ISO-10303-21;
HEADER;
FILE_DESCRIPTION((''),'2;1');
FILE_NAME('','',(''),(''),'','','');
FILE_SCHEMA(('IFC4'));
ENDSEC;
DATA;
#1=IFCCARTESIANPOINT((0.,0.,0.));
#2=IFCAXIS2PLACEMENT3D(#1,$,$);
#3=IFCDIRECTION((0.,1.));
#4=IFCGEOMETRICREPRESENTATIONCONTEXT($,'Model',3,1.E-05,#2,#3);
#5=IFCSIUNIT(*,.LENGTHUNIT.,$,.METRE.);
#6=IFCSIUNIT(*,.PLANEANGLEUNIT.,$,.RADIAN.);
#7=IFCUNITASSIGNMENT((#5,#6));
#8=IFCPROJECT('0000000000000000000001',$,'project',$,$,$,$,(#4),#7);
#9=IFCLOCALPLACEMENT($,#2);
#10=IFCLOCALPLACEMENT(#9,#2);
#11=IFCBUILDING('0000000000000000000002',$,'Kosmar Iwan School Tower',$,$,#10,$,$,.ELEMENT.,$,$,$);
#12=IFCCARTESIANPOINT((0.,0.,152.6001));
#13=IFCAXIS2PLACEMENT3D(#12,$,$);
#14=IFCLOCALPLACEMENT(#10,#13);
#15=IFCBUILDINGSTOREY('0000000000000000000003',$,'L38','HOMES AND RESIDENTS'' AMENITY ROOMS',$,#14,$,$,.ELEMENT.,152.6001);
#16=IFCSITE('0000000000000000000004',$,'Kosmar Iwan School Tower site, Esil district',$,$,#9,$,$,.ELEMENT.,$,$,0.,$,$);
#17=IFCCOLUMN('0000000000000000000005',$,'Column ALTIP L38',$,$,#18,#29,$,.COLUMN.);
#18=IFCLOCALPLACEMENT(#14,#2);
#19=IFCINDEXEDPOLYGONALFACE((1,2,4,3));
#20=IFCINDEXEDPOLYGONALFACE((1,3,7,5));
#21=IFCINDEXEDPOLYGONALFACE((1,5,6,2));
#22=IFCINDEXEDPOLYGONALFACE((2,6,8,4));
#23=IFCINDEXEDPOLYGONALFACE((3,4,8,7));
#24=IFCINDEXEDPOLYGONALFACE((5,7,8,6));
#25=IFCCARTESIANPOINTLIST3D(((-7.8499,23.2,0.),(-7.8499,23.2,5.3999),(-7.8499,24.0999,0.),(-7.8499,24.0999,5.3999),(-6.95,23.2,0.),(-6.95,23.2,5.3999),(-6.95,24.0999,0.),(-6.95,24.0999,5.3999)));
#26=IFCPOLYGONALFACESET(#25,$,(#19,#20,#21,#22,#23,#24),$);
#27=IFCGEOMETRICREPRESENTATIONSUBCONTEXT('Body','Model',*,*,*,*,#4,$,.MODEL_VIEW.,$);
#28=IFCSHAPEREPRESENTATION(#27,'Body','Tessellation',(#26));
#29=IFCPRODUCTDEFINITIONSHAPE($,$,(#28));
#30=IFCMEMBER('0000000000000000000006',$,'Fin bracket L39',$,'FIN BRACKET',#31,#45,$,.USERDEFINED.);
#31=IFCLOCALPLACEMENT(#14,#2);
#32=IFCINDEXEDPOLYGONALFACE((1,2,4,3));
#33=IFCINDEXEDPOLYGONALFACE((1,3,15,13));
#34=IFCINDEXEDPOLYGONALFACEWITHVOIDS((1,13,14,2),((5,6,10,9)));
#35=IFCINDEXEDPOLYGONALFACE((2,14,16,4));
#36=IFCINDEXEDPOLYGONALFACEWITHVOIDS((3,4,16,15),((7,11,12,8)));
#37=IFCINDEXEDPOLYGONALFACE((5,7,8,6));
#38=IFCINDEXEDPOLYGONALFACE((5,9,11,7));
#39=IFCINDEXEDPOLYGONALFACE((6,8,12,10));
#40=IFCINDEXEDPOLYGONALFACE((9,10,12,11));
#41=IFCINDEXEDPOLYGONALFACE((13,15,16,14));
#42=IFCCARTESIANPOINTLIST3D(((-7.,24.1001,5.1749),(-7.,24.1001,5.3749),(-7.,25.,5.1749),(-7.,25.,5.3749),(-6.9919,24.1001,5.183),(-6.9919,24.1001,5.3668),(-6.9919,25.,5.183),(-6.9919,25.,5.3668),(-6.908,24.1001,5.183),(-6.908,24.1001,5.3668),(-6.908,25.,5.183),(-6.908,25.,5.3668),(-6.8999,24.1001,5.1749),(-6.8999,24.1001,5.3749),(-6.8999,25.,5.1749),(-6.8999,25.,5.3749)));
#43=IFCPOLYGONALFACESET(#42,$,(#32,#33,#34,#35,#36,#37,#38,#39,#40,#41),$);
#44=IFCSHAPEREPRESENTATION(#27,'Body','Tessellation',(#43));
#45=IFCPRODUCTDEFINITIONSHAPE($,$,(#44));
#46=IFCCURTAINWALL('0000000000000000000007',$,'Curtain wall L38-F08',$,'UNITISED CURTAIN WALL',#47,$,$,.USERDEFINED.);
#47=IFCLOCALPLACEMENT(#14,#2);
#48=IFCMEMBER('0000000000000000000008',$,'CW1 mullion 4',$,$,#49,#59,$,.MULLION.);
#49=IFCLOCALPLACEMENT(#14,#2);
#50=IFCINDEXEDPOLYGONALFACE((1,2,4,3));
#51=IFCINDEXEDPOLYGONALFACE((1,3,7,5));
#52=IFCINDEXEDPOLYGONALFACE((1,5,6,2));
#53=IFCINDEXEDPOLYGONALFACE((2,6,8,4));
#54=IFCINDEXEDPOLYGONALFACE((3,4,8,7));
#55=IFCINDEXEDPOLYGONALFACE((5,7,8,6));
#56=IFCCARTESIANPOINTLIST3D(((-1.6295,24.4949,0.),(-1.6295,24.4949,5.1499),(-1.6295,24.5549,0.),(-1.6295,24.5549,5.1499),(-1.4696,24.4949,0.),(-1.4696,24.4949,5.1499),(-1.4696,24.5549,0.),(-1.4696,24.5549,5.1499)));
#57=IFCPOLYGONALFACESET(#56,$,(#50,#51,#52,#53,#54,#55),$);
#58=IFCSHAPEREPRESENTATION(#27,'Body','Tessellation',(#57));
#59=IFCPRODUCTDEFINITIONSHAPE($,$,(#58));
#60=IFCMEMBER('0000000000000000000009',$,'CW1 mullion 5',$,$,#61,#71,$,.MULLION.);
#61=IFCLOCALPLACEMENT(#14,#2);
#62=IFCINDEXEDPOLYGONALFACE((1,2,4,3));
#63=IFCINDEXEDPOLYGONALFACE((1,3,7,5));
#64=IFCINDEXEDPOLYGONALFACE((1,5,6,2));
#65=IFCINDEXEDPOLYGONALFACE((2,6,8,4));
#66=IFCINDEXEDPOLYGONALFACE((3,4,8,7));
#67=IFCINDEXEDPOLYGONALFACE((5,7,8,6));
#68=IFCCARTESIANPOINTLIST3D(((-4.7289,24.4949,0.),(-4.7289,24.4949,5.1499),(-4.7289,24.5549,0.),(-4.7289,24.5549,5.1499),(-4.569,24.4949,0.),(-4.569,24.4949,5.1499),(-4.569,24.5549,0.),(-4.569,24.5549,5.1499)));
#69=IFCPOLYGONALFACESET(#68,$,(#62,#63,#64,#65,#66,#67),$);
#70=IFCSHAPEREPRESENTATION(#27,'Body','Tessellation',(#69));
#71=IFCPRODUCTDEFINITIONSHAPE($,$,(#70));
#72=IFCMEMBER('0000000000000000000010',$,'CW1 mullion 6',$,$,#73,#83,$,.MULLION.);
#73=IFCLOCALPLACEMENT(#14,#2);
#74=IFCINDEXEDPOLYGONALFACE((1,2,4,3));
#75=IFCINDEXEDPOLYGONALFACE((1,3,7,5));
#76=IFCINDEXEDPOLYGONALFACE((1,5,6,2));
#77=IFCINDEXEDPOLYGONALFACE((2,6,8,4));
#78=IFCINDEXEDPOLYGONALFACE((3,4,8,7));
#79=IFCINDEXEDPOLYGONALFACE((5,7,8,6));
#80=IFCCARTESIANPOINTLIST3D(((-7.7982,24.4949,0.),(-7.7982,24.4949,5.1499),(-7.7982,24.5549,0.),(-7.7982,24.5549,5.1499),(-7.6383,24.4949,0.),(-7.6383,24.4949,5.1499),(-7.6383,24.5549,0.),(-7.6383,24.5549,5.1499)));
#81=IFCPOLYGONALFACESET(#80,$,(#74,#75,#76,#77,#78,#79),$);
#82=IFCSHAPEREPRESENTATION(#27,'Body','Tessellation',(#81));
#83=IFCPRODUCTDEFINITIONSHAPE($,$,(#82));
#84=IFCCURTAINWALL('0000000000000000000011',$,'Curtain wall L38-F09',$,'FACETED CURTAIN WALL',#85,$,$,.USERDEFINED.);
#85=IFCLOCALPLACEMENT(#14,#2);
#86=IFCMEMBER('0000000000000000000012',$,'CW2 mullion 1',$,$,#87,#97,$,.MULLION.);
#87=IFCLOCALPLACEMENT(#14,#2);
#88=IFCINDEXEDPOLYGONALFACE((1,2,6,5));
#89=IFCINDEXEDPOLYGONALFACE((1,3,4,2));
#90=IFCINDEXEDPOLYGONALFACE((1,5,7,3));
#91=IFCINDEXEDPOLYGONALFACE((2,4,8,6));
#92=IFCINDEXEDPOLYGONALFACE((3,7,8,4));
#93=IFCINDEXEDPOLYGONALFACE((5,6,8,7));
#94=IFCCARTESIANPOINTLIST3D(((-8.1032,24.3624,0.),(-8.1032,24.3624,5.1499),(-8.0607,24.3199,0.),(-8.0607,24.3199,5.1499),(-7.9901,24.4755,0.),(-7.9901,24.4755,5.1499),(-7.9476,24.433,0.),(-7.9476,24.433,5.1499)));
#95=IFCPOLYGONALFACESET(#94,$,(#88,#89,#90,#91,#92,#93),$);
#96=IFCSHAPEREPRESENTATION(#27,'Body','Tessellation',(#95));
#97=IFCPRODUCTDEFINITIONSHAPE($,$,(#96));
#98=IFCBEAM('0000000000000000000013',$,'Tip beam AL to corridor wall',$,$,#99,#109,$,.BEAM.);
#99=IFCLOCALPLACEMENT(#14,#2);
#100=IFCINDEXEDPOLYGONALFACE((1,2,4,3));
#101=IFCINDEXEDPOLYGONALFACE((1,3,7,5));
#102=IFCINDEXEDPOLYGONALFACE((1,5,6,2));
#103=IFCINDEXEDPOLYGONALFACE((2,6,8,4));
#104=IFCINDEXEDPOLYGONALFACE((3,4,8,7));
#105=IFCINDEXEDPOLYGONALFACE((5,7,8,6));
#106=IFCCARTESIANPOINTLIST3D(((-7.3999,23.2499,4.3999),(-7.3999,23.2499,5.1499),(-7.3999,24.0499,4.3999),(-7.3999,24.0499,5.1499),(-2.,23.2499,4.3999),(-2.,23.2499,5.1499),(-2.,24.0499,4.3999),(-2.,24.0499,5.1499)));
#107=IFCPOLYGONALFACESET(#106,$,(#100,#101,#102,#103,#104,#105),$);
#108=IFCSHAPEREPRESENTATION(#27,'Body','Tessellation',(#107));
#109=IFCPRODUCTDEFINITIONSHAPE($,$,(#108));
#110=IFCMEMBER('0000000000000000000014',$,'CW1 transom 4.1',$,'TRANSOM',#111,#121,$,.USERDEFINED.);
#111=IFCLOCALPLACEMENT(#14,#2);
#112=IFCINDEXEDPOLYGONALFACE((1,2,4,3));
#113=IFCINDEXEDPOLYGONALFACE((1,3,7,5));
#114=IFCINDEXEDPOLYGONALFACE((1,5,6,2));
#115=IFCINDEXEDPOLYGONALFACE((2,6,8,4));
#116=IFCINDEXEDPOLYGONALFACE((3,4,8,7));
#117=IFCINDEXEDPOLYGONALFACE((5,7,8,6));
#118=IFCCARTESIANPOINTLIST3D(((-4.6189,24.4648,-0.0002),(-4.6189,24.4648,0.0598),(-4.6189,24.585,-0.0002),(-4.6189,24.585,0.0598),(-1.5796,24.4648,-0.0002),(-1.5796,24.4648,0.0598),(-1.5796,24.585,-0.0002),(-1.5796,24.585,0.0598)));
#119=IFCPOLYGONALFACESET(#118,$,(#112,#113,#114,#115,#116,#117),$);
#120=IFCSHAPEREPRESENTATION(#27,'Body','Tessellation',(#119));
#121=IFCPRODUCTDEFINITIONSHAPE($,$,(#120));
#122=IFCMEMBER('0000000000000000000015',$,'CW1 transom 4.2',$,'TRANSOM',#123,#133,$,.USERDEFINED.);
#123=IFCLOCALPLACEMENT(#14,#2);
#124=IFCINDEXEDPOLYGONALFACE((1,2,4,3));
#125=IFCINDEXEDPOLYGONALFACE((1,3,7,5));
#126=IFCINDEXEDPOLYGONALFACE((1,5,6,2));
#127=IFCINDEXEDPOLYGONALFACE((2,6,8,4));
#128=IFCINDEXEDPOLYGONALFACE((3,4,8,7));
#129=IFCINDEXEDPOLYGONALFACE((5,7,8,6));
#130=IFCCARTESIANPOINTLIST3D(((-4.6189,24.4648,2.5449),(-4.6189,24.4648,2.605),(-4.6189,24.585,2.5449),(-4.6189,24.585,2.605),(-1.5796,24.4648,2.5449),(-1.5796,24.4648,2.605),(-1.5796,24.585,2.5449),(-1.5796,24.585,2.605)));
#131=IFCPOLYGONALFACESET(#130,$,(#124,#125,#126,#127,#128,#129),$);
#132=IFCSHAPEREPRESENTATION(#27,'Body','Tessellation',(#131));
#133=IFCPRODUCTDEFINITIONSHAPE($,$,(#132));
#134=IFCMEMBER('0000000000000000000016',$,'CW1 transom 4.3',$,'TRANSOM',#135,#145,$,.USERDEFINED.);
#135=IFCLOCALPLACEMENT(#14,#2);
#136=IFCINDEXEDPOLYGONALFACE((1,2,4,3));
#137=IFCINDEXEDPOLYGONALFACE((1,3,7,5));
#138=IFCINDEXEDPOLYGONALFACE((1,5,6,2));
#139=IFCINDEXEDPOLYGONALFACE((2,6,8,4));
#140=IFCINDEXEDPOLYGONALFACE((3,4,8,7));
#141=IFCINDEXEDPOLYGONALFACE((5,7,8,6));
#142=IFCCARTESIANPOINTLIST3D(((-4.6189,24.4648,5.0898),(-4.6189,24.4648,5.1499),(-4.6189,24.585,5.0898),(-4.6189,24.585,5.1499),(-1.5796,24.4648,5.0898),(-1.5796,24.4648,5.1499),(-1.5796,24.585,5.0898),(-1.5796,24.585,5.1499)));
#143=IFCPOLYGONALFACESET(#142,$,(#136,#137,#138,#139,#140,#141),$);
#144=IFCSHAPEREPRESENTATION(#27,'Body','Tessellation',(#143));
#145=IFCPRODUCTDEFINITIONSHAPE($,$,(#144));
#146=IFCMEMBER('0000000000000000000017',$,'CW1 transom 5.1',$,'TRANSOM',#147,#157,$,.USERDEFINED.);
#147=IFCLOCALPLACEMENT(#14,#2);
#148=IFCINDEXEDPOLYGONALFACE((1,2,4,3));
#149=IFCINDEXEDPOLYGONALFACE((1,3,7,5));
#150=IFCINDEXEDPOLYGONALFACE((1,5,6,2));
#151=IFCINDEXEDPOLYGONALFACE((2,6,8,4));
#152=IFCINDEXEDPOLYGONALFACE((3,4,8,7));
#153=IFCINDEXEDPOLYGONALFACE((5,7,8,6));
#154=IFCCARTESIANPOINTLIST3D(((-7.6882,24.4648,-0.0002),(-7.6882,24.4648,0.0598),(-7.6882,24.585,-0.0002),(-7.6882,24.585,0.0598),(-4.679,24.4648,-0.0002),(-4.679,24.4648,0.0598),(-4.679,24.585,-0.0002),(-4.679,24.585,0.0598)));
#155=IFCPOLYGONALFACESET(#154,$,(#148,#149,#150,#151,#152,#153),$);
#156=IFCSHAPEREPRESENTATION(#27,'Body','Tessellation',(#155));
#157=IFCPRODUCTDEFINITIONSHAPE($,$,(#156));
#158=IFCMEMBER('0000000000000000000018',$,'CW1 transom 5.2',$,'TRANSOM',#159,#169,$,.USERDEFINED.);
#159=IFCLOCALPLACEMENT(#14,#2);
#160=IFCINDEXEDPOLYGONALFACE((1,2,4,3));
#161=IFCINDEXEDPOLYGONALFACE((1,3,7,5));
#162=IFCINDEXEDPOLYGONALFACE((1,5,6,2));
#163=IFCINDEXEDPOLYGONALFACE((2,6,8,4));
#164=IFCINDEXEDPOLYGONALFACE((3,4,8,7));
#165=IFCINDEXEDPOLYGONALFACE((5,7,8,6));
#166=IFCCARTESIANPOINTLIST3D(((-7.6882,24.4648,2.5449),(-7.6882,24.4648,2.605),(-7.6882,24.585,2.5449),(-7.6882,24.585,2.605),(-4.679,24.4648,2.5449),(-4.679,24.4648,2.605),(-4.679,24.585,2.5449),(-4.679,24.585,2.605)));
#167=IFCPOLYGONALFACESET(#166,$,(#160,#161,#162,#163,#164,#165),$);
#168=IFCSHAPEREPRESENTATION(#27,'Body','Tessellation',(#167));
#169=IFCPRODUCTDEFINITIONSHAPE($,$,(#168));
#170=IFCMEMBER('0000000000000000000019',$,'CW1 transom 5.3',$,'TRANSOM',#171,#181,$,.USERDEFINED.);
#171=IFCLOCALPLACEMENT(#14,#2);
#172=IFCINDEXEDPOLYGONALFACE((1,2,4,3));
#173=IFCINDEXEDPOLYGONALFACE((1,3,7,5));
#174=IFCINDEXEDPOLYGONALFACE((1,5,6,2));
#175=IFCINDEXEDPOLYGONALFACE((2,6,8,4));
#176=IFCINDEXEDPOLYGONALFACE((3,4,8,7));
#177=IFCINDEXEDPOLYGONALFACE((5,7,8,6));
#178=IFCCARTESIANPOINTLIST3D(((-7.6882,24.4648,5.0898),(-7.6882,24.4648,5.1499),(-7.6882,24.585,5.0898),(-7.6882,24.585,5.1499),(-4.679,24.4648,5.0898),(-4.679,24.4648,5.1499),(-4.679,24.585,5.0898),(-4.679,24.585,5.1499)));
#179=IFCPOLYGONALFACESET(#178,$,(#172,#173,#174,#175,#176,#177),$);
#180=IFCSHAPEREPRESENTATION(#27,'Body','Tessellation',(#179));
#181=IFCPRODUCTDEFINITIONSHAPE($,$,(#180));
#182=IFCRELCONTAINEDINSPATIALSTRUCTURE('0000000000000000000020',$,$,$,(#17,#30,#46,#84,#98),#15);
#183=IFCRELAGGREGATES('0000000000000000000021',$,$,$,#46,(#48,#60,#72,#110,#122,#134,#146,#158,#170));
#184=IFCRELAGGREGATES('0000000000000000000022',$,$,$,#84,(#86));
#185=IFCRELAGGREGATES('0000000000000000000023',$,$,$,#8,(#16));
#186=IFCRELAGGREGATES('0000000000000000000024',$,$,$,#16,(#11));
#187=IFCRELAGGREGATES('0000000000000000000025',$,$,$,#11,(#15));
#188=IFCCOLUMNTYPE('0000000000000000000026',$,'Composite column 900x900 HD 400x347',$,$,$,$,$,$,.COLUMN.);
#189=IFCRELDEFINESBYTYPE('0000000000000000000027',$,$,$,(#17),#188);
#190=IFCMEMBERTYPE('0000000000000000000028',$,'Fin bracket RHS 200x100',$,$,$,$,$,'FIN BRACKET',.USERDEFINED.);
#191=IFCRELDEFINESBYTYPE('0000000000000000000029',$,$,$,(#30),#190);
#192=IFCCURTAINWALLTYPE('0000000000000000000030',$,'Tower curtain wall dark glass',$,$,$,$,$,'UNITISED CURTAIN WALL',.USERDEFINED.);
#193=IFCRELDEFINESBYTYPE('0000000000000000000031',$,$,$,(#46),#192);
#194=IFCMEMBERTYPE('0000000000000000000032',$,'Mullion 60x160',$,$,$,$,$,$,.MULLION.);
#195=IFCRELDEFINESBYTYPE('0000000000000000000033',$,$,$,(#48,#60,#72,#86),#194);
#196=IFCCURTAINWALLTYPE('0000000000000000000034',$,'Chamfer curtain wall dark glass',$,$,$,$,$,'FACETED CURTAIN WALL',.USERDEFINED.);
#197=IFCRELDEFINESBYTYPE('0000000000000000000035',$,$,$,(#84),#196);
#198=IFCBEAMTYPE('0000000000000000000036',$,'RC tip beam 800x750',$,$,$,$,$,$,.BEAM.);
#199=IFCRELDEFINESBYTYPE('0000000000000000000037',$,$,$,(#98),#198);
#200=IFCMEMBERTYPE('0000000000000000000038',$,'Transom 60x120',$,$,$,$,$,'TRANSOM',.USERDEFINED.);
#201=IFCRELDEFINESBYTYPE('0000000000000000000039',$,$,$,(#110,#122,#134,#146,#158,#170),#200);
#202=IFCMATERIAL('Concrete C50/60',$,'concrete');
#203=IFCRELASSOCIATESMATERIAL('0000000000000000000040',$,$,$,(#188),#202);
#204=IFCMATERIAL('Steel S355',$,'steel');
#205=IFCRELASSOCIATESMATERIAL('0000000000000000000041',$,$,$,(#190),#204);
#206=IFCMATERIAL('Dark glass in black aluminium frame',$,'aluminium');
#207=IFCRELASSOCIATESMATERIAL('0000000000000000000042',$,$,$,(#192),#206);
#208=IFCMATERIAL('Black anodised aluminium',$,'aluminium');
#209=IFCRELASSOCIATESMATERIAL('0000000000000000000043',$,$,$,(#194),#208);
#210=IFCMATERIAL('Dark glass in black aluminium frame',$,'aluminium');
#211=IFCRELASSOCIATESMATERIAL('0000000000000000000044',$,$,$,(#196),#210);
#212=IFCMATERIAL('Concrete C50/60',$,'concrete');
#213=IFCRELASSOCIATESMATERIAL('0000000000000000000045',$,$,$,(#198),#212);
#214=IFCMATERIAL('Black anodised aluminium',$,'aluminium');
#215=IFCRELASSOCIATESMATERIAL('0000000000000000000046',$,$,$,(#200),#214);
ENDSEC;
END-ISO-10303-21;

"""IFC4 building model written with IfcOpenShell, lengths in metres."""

from ifc_helpers import new_model, si_unit, direction, frame, origin, origin_2d, place, context, subcontext, project, spatial, rectangle, hollow_rectangle, extrude, material, material_profile, profile_set, type_object, element, aggregate, save


model = new_model("IFC4")

# Units and contexts
model_context = context("Model", 3, precision=1e-05, world=origin(), true_north=direction((0.0, 1.0)))
body_context = subcontext(model_context, "Body", "Model", "MODEL_VIEW")
ifc_project = project(units=[si_unit("LENGTHUNIT", "METRE"), si_unit("PLANEANGLEUNIT", "RADIAN")], contexts=[model_context])

# Site, building, storey
site_placement = place(None, origin())
site = spatial("IfcSite", under=ifc_project, at=site_placement, Name="Kosmar Iwan School Tower site, Esil district", CompositionType="ELEMENT", RefElevation=0.0)
building_placement = place(site_placement, origin())
building = spatial("IfcBuilding", under=site, at=building_placement, Name="Kosmar Iwan School Tower", CompositionType="ELEMENT")
storey_placement = place(building_placement, frame((0.0, 0.0, 152.6001)))
storey = spatial("IfcBuildingStorey", under=building, at=storey_placement, Name="L38", Description="HOMES AND RESIDENTS' AMENITY ROOMS", CompositionType="ELEMENT", Elevation=152.6001)

# Column
ifc_material_1 = material(Name="Concrete C50/60", Category="concrete")
ifc_material_profile_1 = material_profile(ifc_material_1, rectangle(XDim=0.8999, YDim=0.8999, at=origin_2d()), Name="RC 900x900 + HD 400x347")
ifc_profile_set_1 = profile_set([ifc_material_profile_1], Name="Concrete C50/60")
column_type = type_object("IfcColumnType", Name="Composite column 900x900 HD 400x347", PredefinedType="COLUMN", material=ifc_profile_set_1)
column_placement = place(storey_placement, frame((-7.3999, 23.6499, 0.0), z_axis=(0.0, 0.0, 1.0), x_axis=(0.0, 1.0, 0.0)))
element("IfcColumn", 1, at=column_placement, inside=storey, type_object=column_type, Name="Column ALTIP L38", PredefinedType="COLUMN", context=body_context, shape_type="SweptSolid", body=[
    extrude(rectangle(XDim=0.8999, YDim=0.8999, at=origin_2d()), origin(), (0.0, 0.0, 1.0), 5.3999),
])

# Member
ifc_material_2 = material(Name="Steel S355", Category="steel")
ifc_material_profile_2 = material_profile(ifc_material_2, hollow_rectangle(XDim=0.1001, YDim=0.2, WallThickness=0.0081, at=origin_2d()), Name="RHS 200x100x8")
ifc_profile_set_2 = profile_set([ifc_material_profile_2], Name="Steel S355")
member_type_1 = type_object("IfcMemberType", Name="Fin bracket RHS 200x100", ElementType="FIN BRACKET", PredefinedType="USERDEFINED", material=ifc_profile_set_2)
member_1_placement = place(storey_placement, frame((-6.95, 24.1001, 5.2749), z_axis=(0.0, 1.0, 0.0), x_axis=(-1.0, 0.0, 0.0)))
element("IfcMember", 2, at=member_1_placement, inside=storey, type_object=member_type_1, Name="Fin bracket L39", ObjectType="FIN BRACKET", PredefinedType="USERDEFINED", context=body_context, shape_type="SweptSolid", body=[
    extrude(hollow_rectangle(XDim=0.1001, YDim=0.2, WallThickness=0.0081, at=origin_2d()), origin(), (0.0, 0.0, 1.0), 0.8999),
])

# Curtain wall, members
ifc_material_3 = material(Name="Dark glass in black aluminium frame", Category="aluminium")
curtain_wall_type_1 = type_object("IfcCurtainWallType", Name="Tower curtain wall dark glass", ElementType="UNITISED CURTAIN WALL", PredefinedType="USERDEFINED", material=ifc_material_3)
curtain_wall_1_placement = place(storey_placement, origin())
curtain_wall_1 = element("IfcCurtainWall", 3, at=curtain_wall_1_placement, inside=storey, type_object=curtain_wall_type_1, Name="Curtain wall L38-F08", ObjectType="UNITISED CURTAIN WALL", PredefinedType="USERDEFINED")
ifc_material_4 = material(Name="Black anodised aluminium", Category="aluminium")
ifc_material_profile_3 = material_profile(ifc_material_4, rectangle(XDim=0.0601, YDim=0.1599, at=origin_2d()), Name="MULLION 60x160")
ifc_profile_set_3 = profile_set([ifc_material_profile_3], Name="Black anodised aluminium")
member_type_2 = type_object("IfcMemberType", Name="Mullion 60x160", PredefinedType="MULLION", material=ifc_profile_set_3)
member_2_placement = place(storey_placement, frame((-1.5496, 24.5249, 0.0), z_axis=(0.0, 0.0, 1.0), x_axis=(0.0, -1.0, 0.0)))
member_2 = element("IfcMember", 4, at=member_2_placement, type_object=member_type_2, Name="CW1 mullion 4", PredefinedType="MULLION", context=body_context, shape_type="SweptSolid", body=[
    extrude(rectangle(XDim=0.0601, YDim=0.1599, at=origin_2d()), origin(), (0.0, 0.0, 1.0), 5.1499),
])
member_3_placement = place(storey_placement, frame((-4.6489, 24.5249, 0.0), z_axis=(0.0, 0.0, 1.0), x_axis=(0.0, -1.0, 0.0)))
member_3 = element("IfcMember", 5, at=member_3_placement, type_object=member_type_2, Name="CW1 mullion 5", PredefinedType="MULLION", context=body_context, shape_type="SweptSolid", body=[
    extrude(rectangle(XDim=0.0601, YDim=0.1599, at=origin_2d()), origin(), (0.0, 0.0, 1.0), 5.1499),
])
member_4_placement = place(storey_placement, frame((-7.7183, 24.5249, 0.0), z_axis=(0.0, 0.0, 1.0), x_axis=(0.0, -1.0, 0.0)))
member_4 = element("IfcMember", 6, at=member_4_placement, type_object=member_type_2, Name="CW1 mullion 6", PredefinedType="MULLION", context=body_context, shape_type="SweptSolid", body=[
    extrude(rectangle(XDim=0.0601, YDim=0.1599, at=origin_2d()), origin(), (0.0, 0.0, 1.0), 5.1499),
])

# Curtain wall, member
ifc_material_5 = material(Name="Dark glass in black aluminium frame", Category="aluminium")
curtain_wall_type_2 = type_object("IfcCurtainWallType", Name="Chamfer curtain wall dark glass", ElementType="FACETED CURTAIN WALL", PredefinedType="USERDEFINED", material=ifc_material_5)
curtain_wall_2_placement = place(storey_placement, origin())
curtain_wall_2 = element("IfcCurtainWall", 7, at=curtain_wall_2_placement, inside=storey, type_object=curtain_wall_type_2, Name="Curtain wall L38-F09", ObjectType="FACETED CURTAIN WALL", PredefinedType="USERDEFINED")
member_5_placement = place(storey_placement, frame((-8.0254, 24.3977, 0.0), z_axis=(0.0, 0.0, 1.0), x_axis=(0.707107, -0.707107, 0.0)))
member_5 = element("IfcMember", 8, at=member_5_placement, type_object=member_type_2, Name="CW2 mullion 1", PredefinedType="MULLION", context=body_context, shape_type="SweptSolid", body=[
    extrude(rectangle(XDim=0.0601, YDim=0.1599, at=origin_2d()), origin(), (0.0, 0.0, 1.0), 5.1499),
])

# Beam
ifc_material_6 = material(Name="Concrete C50/60", Category="concrete")
ifc_material_profile_4 = material_profile(ifc_material_6, rectangle(XDim=0.8, YDim=0.75, at=origin_2d()), Name="RC 800x750")
ifc_profile_set_4 = profile_set([ifc_material_profile_4], Name="Concrete C50/60")
beam_type = type_object("IfcBeamType", Name="RC tip beam 800x750", PredefinedType="BEAM", material=ifc_profile_set_4)
beam_placement = place(storey_placement, frame((-7.3999, 23.6499, 4.7749), z_axis=(1.0, 0.0, 0.0), x_axis=(0.0, 1.0, 0.0)))
element("IfcBeam", 9, at=beam_placement, inside=storey, type_object=beam_type, Name="Tip beam AL to corridor wall", PredefinedType="BEAM", context=body_context, shape_type="SweptSolid", body=[
    extrude(rectangle(XDim=0.8, YDim=0.75, at=origin_2d()), origin(), (0.0, 0.0, 1.0), 5.3999),
])

# Members
ifc_material_7 = material(Name="Black anodised aluminium", Category="aluminium")
ifc_material_profile_5 = material_profile(ifc_material_7, rectangle(XDim=0.1201, YDim=0.0601, at=origin_2d()), Name="TRANSOM 60x120")
ifc_profile_set_5 = profile_set([ifc_material_profile_5], Name="Black anodised aluminium")
member_type_3 = type_object("IfcMemberType", Name="Transom 60x120", ElementType="TRANSOM", PredefinedType="USERDEFINED", material=ifc_profile_set_5)
member_6_placement = place(storey_placement, frame((-1.5796, 24.5249, 0.0298), z_axis=(-1.0, 0.0, 0.0), x_axis=(0.0, -1.0, 0.0)))
member_6 = element("IfcMember", 10, at=member_6_placement, type_object=member_type_3, Name="CW1 transom 4.1", ObjectType="TRANSOM", PredefinedType="USERDEFINED", context=body_context, shape_type="SweptSolid", body=[
    extrude(rectangle(XDim=0.1201, YDim=0.0601, at=origin_2d()), origin(), (0.0, 0.0, 1.0), 3.0393),
])
member_7_placement = place(storey_placement, frame((-1.5796, 24.5249, 2.575), z_axis=(-1.0, 0.0, 0.0), x_axis=(0.0, -1.0, 0.0)))
member_7 = element("IfcMember", 11, at=member_7_placement, type_object=member_type_3, Name="CW1 transom 4.2", ObjectType="TRANSOM", PredefinedType="USERDEFINED", context=body_context, shape_type="SweptSolid", body=[
    extrude(rectangle(XDim=0.1201, YDim=0.0601, at=origin_2d()), origin(), (0.0, 0.0, 1.0), 3.0393),
])
member_8_placement = place(storey_placement, frame((-1.5796, 24.5249, 5.1199), z_axis=(-1.0, 0.0, 0.0), x_axis=(0.0, -1.0, 0.0)))
member_8 = element("IfcMember", 12, at=member_8_placement, type_object=member_type_3, Name="CW1 transom 4.3", ObjectType="TRANSOM", PredefinedType="USERDEFINED", context=body_context, shape_type="SweptSolid", body=[
    extrude(rectangle(XDim=0.1201, YDim=0.0601, at=origin_2d()), origin(), (0.0, 0.0, 1.0), 3.0393),
])
member_9_placement = place(storey_placement, frame((-4.679, 24.5249, 0.0298), z_axis=(-1.0, 0.0, 0.0), x_axis=(0.0, -1.0, 0.0)))
member_9 = element("IfcMember", 13, at=member_9_placement, type_object=member_type_3, Name="CW1 transom 5.1", ObjectType="TRANSOM", PredefinedType="USERDEFINED", context=body_context, shape_type="SweptSolid", body=[
    extrude(rectangle(XDim=0.1201, YDim=0.0601, at=origin_2d()), origin(), (0.0, 0.0, 1.0), 3.0093),
])
member_10_placement = place(storey_placement, frame((-4.679, 24.5249, 2.575), z_axis=(-1.0, 0.0, 0.0), x_axis=(0.0, -1.0, 0.0)))
member_10 = element("IfcMember", 14, at=member_10_placement, type_object=member_type_3, Name="CW1 transom 5.2", ObjectType="TRANSOM", PredefinedType="USERDEFINED", context=body_context, shape_type="SweptSolid", body=[
    extrude(rectangle(XDim=0.1201, YDim=0.0601, at=origin_2d()), origin(), (0.0, 0.0, 1.0), 3.0093),
])
member_11_placement = place(storey_placement, frame((-4.679, 24.5249, 5.1199), z_axis=(-1.0, 0.0, 0.0), x_axis=(0.0, -1.0, 0.0)))
member_11 = element("IfcMember", 15, at=member_11_placement, type_object=member_type_3, Name="CW1 transom 5.3", ObjectType="TRANSOM", PredefinedType="USERDEFINED", context=body_context, shape_type="SweptSolid", body=[
    extrude(rectangle(XDim=0.1201, YDim=0.0601, at=origin_2d()), origin(), (0.0, 0.0, 1.0), 3.0093),
])

aggregate(curtain_wall_1, [member_2, member_3, member_4, member_6, member_7, member_8, member_9, member_10, member_11])
aggregate(curtain_wall_2, [member_5])

save(model, "model.ifc")
